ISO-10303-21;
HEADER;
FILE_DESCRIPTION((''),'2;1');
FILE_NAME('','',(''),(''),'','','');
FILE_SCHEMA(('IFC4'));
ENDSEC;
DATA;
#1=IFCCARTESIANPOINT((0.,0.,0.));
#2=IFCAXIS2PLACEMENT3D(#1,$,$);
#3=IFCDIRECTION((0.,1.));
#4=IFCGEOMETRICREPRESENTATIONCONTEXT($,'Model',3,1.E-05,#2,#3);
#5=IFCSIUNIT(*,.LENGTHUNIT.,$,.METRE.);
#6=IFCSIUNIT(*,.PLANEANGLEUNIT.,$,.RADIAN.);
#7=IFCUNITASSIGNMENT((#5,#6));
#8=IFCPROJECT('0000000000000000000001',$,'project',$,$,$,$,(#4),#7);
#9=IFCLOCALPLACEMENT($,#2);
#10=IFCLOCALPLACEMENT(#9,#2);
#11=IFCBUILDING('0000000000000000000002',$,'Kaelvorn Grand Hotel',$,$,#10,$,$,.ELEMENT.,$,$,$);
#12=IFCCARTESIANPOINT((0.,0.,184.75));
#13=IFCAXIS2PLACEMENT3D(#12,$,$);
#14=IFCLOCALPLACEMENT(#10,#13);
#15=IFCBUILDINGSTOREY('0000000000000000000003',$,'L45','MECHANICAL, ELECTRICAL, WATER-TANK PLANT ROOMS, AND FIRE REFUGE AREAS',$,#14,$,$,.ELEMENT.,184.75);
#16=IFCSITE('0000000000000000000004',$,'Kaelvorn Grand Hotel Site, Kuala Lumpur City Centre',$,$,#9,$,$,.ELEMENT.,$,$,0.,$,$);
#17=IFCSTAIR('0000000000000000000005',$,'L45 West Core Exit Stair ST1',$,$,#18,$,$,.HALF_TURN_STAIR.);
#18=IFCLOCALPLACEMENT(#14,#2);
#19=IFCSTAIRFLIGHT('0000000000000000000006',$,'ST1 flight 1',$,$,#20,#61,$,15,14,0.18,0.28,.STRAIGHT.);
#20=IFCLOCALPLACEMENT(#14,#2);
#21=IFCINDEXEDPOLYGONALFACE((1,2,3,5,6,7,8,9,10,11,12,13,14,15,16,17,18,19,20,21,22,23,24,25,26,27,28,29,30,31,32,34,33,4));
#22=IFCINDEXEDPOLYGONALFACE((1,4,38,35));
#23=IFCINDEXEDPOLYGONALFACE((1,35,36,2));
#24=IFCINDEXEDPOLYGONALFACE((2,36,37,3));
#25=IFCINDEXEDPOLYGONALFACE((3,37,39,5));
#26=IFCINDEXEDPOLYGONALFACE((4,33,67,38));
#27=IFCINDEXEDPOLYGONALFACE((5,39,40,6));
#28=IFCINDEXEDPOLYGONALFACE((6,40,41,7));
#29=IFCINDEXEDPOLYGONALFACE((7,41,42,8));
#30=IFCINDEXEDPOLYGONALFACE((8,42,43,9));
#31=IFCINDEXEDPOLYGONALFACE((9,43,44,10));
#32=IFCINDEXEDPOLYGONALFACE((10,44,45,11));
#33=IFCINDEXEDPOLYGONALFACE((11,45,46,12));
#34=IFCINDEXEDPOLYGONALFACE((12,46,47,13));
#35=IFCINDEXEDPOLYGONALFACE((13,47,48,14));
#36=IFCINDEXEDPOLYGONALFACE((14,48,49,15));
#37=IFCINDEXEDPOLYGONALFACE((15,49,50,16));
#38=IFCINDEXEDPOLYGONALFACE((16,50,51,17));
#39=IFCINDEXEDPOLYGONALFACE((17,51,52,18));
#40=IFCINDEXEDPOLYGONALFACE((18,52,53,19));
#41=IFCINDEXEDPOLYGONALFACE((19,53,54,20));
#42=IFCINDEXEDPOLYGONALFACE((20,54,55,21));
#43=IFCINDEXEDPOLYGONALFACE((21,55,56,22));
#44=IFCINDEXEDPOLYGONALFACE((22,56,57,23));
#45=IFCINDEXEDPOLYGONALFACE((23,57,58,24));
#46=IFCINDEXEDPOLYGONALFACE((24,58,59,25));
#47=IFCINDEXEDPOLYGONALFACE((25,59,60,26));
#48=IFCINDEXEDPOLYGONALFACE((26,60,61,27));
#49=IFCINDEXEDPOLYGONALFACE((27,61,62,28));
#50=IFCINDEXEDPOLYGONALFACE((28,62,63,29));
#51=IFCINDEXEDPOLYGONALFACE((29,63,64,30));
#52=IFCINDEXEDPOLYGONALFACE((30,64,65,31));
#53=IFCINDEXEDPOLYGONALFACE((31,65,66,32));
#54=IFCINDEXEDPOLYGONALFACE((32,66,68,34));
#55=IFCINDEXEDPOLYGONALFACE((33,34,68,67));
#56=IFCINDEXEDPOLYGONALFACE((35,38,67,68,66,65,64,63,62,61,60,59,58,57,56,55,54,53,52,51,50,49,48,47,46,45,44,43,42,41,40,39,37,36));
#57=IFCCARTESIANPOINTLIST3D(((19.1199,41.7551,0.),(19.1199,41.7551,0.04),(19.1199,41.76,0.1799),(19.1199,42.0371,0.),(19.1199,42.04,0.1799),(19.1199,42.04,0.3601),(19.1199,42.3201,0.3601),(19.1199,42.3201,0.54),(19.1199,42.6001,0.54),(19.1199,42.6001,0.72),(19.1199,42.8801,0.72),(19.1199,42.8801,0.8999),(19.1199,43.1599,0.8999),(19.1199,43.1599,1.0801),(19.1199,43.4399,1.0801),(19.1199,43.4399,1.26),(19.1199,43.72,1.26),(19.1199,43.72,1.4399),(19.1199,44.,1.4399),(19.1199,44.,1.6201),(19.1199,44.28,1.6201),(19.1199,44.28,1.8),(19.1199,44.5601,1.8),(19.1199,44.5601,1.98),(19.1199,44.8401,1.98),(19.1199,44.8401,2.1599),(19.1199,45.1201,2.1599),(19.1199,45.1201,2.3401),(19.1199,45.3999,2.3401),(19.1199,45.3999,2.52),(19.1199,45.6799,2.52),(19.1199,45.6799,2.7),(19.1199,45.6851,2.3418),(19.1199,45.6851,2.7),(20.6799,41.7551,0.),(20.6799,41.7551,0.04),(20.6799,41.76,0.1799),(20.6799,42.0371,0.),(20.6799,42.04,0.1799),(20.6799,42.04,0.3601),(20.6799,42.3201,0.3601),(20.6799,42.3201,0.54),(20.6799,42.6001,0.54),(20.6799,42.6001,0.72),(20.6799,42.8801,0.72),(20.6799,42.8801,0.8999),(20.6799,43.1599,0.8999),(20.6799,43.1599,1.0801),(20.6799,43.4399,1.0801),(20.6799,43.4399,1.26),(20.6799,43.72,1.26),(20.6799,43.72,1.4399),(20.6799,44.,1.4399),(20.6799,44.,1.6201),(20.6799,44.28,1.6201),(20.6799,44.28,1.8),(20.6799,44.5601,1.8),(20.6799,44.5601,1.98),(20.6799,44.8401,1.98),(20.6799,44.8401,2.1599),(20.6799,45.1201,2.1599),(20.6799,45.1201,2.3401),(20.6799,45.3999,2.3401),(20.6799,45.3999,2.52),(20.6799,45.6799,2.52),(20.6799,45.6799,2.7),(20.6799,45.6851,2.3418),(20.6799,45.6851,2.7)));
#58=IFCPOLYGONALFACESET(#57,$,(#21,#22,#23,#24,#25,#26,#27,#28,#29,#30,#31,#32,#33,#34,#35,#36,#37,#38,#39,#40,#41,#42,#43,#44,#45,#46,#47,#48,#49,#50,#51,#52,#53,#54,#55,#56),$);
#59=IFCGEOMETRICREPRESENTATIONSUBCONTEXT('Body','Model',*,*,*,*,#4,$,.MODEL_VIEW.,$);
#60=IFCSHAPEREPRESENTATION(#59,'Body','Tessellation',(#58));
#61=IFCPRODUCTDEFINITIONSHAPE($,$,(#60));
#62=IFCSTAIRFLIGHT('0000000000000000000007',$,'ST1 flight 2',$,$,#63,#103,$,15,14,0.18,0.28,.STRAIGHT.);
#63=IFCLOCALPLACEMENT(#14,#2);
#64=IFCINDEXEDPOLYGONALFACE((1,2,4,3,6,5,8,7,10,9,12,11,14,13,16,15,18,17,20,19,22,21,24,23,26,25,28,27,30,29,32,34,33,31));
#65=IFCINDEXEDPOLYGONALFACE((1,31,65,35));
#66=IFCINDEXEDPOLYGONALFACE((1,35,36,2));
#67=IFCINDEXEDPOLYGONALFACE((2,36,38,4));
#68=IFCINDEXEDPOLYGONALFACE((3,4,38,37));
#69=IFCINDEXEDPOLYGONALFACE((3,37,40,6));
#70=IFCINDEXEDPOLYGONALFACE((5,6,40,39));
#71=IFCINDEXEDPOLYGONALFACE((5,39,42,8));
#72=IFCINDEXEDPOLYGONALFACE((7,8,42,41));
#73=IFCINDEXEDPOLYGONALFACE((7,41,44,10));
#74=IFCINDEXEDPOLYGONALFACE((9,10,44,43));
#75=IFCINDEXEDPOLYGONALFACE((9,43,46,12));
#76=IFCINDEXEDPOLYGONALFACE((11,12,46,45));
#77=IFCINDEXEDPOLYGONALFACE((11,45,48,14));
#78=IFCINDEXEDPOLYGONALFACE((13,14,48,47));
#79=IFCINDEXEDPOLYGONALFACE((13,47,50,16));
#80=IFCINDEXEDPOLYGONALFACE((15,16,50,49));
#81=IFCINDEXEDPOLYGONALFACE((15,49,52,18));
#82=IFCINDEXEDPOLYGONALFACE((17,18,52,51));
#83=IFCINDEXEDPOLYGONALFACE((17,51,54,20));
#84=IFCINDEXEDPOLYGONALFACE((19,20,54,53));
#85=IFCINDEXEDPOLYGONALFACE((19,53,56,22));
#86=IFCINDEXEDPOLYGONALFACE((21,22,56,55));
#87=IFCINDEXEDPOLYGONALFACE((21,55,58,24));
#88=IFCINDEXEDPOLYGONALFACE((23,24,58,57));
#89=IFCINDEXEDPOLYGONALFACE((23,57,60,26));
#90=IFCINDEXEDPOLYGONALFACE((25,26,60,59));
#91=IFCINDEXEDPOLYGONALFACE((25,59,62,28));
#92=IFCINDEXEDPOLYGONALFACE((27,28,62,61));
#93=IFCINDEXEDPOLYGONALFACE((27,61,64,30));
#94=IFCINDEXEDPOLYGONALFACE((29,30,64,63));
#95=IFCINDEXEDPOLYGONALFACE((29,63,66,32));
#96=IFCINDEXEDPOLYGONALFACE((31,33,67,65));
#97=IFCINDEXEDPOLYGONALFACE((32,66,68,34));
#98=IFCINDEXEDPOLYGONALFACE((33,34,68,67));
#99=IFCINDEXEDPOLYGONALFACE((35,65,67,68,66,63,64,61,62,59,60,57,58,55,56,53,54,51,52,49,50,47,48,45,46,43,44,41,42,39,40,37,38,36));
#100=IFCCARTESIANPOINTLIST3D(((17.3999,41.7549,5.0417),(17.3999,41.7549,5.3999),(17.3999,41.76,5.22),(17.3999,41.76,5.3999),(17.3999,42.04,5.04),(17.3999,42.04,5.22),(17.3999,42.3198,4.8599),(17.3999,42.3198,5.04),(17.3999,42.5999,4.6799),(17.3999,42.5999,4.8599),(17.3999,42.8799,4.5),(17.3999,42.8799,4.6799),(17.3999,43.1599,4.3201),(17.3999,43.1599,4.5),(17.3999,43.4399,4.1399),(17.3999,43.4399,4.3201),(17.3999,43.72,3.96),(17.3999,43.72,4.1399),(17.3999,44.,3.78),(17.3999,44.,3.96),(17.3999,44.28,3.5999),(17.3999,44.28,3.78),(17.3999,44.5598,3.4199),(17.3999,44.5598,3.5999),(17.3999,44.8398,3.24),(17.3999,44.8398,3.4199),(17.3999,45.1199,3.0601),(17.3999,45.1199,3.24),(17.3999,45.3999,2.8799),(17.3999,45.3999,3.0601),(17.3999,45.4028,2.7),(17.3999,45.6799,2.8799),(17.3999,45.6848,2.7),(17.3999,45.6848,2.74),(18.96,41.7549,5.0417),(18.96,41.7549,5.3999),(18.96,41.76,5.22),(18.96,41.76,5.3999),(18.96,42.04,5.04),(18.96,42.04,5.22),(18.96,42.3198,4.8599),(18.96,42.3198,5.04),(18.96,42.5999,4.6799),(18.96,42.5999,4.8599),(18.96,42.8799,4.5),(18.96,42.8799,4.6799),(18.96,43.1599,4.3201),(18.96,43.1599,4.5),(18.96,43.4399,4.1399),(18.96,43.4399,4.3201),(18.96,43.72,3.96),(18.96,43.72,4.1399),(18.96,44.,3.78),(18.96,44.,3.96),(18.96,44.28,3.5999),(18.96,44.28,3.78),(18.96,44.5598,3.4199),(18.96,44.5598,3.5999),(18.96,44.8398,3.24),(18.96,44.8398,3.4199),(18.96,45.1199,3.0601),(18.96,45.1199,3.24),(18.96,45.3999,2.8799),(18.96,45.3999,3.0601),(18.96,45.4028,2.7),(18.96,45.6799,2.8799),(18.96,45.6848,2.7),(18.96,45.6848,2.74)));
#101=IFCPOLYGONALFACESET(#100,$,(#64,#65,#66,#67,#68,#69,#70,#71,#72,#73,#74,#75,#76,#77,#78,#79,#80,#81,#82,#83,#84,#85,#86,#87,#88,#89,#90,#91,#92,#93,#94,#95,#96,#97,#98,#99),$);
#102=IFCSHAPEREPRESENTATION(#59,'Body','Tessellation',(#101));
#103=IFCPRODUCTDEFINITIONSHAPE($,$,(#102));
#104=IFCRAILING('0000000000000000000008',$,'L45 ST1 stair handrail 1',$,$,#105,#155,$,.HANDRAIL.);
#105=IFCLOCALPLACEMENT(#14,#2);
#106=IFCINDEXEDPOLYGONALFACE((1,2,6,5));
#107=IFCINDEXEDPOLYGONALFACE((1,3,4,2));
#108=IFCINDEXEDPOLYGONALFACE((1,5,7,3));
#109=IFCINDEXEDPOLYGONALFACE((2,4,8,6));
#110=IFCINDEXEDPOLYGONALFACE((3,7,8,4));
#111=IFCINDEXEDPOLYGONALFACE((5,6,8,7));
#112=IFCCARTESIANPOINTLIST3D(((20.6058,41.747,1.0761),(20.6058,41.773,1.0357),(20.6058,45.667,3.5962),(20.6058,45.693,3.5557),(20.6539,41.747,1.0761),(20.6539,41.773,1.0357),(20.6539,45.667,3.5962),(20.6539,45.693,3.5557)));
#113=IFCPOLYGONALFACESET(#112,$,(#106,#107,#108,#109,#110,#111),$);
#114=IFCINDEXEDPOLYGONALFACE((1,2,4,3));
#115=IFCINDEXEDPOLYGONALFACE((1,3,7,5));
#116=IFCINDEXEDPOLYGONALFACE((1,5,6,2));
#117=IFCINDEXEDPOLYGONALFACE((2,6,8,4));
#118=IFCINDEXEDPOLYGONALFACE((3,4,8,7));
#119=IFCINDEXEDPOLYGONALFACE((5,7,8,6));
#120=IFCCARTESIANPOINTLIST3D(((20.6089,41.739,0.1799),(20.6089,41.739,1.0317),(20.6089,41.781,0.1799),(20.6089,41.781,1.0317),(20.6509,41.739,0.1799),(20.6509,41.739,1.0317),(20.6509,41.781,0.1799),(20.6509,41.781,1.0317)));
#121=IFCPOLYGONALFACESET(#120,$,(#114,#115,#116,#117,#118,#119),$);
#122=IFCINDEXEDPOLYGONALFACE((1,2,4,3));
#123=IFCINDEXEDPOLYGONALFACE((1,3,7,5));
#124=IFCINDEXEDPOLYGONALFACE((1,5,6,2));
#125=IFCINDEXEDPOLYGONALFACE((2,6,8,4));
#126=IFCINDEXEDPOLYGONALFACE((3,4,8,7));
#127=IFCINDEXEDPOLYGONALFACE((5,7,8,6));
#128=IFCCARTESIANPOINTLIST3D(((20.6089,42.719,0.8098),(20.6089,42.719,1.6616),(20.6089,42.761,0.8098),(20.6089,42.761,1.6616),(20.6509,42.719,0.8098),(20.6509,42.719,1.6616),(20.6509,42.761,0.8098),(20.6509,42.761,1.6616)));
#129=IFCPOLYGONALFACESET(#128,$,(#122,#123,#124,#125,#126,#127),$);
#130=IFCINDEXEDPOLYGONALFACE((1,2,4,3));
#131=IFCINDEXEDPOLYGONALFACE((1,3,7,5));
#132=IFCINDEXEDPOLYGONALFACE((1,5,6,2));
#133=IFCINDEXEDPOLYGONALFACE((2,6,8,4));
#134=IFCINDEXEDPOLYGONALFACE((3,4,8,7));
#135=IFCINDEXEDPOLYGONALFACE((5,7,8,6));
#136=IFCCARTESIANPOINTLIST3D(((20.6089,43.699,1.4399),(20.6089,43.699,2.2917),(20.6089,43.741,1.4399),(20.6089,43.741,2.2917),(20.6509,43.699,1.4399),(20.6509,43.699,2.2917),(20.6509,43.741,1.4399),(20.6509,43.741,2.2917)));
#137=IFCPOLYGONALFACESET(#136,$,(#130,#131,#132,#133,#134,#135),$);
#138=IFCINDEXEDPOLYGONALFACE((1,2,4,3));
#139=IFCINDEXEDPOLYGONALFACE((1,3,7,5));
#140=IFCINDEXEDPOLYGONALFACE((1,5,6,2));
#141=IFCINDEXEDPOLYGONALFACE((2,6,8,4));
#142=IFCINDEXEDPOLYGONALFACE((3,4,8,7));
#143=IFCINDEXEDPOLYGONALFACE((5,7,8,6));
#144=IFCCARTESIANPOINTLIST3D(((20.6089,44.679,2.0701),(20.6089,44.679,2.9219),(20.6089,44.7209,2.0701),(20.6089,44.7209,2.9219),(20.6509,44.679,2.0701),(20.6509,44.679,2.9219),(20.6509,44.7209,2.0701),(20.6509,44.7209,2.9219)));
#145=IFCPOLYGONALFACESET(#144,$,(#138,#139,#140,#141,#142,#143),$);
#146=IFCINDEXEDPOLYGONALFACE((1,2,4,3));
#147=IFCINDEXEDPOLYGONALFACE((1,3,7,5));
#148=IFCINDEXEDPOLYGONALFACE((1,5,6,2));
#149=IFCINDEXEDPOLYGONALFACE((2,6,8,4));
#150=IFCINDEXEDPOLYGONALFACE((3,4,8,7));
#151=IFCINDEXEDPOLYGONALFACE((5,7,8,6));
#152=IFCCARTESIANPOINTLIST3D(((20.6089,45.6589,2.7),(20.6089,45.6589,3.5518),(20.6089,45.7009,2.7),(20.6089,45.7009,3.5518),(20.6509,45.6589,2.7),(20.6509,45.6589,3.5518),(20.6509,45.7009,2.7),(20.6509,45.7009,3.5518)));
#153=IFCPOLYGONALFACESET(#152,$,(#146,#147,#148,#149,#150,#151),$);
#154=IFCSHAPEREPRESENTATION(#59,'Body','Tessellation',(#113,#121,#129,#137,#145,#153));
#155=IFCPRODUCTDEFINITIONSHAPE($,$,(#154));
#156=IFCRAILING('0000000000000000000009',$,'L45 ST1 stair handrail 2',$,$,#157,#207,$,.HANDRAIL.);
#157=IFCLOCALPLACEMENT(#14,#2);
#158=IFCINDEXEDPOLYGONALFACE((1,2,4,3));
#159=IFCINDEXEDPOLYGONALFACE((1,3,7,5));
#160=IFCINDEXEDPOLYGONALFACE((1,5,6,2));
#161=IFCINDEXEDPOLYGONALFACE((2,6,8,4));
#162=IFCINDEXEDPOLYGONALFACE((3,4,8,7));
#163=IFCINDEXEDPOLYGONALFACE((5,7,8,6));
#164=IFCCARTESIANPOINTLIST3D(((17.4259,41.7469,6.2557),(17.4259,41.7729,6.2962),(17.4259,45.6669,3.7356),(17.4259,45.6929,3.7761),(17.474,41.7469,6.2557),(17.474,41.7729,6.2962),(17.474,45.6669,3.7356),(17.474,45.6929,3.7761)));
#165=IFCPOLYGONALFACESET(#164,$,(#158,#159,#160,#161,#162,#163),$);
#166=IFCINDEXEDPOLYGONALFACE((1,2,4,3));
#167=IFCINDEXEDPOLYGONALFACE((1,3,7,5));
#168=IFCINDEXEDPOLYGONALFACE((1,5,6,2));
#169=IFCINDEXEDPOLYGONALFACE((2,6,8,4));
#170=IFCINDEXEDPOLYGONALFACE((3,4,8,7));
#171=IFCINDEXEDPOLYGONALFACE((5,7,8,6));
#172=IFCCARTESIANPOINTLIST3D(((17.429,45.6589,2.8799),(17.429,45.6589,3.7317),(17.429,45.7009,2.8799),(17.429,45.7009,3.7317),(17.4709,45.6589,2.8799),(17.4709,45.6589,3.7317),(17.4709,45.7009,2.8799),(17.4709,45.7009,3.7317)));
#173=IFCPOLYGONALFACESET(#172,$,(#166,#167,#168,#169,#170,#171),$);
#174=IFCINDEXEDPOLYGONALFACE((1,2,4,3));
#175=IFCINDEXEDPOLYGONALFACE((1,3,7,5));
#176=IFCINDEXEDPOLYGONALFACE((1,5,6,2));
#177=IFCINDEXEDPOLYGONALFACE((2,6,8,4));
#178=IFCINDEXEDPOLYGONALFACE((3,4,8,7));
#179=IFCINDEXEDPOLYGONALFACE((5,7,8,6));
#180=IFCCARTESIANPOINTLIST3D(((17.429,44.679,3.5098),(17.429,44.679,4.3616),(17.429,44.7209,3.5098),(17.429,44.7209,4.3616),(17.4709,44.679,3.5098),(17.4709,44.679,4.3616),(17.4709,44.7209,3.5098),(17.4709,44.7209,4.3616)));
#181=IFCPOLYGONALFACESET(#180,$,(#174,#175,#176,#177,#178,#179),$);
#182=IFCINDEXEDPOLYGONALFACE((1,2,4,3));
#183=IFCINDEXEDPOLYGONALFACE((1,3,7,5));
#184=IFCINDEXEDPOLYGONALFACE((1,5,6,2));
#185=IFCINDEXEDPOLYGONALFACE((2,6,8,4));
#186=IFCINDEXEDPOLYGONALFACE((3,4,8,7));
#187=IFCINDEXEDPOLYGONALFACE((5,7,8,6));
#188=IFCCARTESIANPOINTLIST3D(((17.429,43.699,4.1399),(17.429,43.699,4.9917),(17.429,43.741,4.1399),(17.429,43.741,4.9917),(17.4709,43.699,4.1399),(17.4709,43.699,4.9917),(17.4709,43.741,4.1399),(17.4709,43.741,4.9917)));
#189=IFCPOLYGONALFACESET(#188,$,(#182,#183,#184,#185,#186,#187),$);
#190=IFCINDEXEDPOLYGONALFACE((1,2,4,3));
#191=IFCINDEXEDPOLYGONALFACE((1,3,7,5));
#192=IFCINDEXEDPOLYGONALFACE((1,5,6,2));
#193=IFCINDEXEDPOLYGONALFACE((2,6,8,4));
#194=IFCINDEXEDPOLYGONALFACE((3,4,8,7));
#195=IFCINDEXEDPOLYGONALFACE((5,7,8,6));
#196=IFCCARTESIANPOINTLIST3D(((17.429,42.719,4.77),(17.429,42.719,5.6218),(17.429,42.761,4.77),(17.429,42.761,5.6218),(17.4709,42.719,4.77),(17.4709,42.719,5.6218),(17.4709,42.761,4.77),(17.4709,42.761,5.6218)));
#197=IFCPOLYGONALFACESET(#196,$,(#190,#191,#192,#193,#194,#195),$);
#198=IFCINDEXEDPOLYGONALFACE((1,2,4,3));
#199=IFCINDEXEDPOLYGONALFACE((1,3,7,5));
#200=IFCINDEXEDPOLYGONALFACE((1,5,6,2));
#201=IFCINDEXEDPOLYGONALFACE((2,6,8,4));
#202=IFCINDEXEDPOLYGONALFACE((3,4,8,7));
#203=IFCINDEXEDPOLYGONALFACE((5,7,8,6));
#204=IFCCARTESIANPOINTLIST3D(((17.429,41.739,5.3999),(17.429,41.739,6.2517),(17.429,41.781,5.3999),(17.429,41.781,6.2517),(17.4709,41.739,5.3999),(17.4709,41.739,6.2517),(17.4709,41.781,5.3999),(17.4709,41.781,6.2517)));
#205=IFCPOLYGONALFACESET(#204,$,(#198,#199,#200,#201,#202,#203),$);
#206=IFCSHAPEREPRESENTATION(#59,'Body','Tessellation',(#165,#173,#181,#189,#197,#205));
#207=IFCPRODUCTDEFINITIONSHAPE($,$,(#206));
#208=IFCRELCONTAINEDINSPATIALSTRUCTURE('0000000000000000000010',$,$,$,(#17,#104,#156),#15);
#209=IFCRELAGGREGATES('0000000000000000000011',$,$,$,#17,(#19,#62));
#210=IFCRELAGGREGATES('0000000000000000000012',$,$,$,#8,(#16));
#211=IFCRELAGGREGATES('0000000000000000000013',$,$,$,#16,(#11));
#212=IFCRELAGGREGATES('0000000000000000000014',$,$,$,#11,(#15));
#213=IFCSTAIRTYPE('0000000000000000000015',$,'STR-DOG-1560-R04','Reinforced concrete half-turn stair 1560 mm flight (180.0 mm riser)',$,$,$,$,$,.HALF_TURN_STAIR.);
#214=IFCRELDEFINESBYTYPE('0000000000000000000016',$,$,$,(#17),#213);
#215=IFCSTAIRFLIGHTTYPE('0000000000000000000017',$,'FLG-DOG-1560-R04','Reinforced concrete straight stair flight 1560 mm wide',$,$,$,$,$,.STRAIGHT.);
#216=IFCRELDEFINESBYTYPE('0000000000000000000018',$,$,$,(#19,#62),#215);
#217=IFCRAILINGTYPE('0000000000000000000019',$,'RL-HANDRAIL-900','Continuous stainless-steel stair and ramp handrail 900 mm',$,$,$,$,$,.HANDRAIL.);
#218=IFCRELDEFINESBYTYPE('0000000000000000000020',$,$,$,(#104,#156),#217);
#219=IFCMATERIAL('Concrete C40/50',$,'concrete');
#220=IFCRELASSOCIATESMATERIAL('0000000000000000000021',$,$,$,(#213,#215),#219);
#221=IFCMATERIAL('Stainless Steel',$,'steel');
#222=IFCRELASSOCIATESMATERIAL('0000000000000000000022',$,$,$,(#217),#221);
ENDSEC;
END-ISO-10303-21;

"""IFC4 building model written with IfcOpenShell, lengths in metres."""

from ifc_helpers import new_model, si_unit, direction, frame, origin, origin_2d, place, context, subcontext, project, spatial, polyline, rectangle, outline, extrude, material, type_object, element, aggregate, save


model = new_model("IFC4")

# Units and contexts
model_context = context("Model", 3, precision=1e-05, world=origin(), true_north=direction((0.0, 1.0)))
body_context = subcontext(model_context, "Body", "Model", "MODEL_VIEW")
ifc_project = project(units=[si_unit("LENGTHUNIT", "METRE"), si_unit("PLANEANGLEUNIT", "RADIAN")], contexts=[model_context])

# Site, building, storey
site_placement = place(None, origin())
site = spatial("IfcSite", under=ifc_project, at=site_placement, Name="Kaelvorn Grand Hotel Site, Kuala Lumpur City Centre", CompositionType="ELEMENT", RefElevation=0.0)
building_placement = place(site_placement, origin())
building = spatial("IfcBuilding", under=site, at=building_placement, Name="Kaelvorn Grand Hotel", CompositionType="ELEMENT")
storey_placement = place(building_placement, frame((0.0, 0.0, 184.75)))
storey = spatial("IfcBuildingStorey", under=building, at=storey_placement, Name="L45", Description="MECHANICAL, ELECTRICAL, WATER-TANK PLANT ROOMS, AND FIRE REFUGE AREAS", CompositionType="ELEMENT", Elevation=184.75)

# Shared definitions
ifc_material_1 = material(Name="Concrete C40/50", Category="concrete")

# Stair, stair flights
stair_type = type_object("IfcStairType", Name="STR-DOG-1560-R04", Description="Reinforced concrete half-turn stair 1560 mm flight (180.0 mm riser)", PredefinedType="HALF_TURN_STAIR", material=ifc_material_1)
stair_placement = place(storey_placement, origin())
stair = element("IfcStair", 1, at=stair_placement, inside=storey, type_object=stair_type, Name="L45 West Core Exit Stair ST1", PredefinedType="HALF_TURN_STAIR")
stair_flight_type = type_object("IfcStairFlightType", Name="FLG-DOG-1560-R04", Description="Reinforced concrete straight stair flight 1560 mm wide", PredefinedType="STRAIGHT", material=ifc_material_1)
stair_flight_1_placement = place(storey_placement, frame((19.8999, 41.76, 0.0), z_axis=(0.0, 0.0, 1.0), x_axis=(0.0, 1.0, 0.0)))
stair_flight_1 = element("IfcStairFlight", 2, at=stair_flight_1_placement, type_object=stair_flight_type, Name="ST1 flight 1", NumberOfRisers=15, NumberOfTreads=14, PredefinedType="STRAIGHT", RiserHeight=0.18, TreadLength=0.28, context=body_context, shape_type="SweptSolid", body=[
    extrude(outline(polyline([(-0.0049, 0.0), (-0.0049, 0.04), (0.0, 0.1799), (0.28, 0.1799), (0.28, 0.3601), (0.5601, 0.3601), (0.5601, 0.54), (0.8401, 0.54), (0.8401, 0.72), (1.1201, 0.72), (1.1201, 0.8999), (1.3999, 0.8999), (1.3999, 1.0801), (1.6799, 1.0801), (1.6799, 1.26), (1.96, 1.26), (1.96, 1.4399), (2.24, 1.4399), (2.24, 1.6201), (2.52, 1.6201), (2.52, 1.8), (2.8, 1.8), (2.8, 1.98), (3.0801, 1.98), (3.0801, 2.1599), (3.3601, 2.1599), (3.3601, 2.3401), (3.6399, 2.3401), (3.6399, 2.52), (3.9199, 2.52), (3.9199, 2.7), (3.925, 2.7), (3.925, 2.3418), (0.2771, 0.0), (-0.0049, 0.0)])), frame((0.0, 0.78, 0.0), z_axis=(0.0, -1.0, 0.0), x_axis=(1.0, 0.0, 0.0)), (0.0, 0.0, 1.0), 1.5601),
])
stair_flight_2_placement = place(storey_placement, frame((18.1799, 45.6799, 2.7), z_axis=(0.0, 0.0, 1.0), x_axis=(0.0, -1.0, 0.0)))
stair_flight_2 = element("IfcStairFlight", 3, at=stair_flight_2_placement, type_object=stair_flight_type, Name="ST1 flight 2", NumberOfRisers=15, NumberOfTreads=14, PredefinedType="STRAIGHT", RiserHeight=0.18, TreadLength=0.28, context=body_context, shape_type="SweptSolid", body=[
    extrude(outline(polyline([(-0.0049, 0.0), (-0.0049, 0.04), (0.0, 0.1799), (0.28, 0.1799), (0.28, 0.3601), (0.5601, 0.3601), (0.5601, 0.54), (0.8401, 0.54), (0.8401, 0.72), (1.1201, 0.72), (1.1201, 0.8999), (1.3999, 0.8999), (1.3999, 1.0801), (1.6799, 1.0801), (1.6799, 1.26), (1.96, 1.26), (1.96, 1.4399), (2.24, 1.4399), (2.24, 1.6201), (2.52, 1.6201), (2.52, 1.8), (2.8, 1.8), (2.8, 1.98), (3.0801, 1.98), (3.0801, 2.1599), (3.3601, 2.1599), (3.3601, 2.3401), (3.6399, 2.3401), (3.6399, 2.52), (3.9199, 2.52), (3.9199, 2.7), (3.925, 2.7), (3.925, 2.3418), (0.2771, 0.0), (-0.0049, 0.0)])), frame((0.0, 0.78, 0.0), z_axis=(0.0, -1.0, 0.0), x_axis=(1.0, 0.0, 0.0)), (0.0, 0.0, 1.0), 1.5601),
])
aggregate(stair, [stair_flight_1, stair_flight_2])

# Railings
ifc_material_2 = material(Name="Stainless Steel", Category="steel")
railing_type_1 = type_object("IfcRailingType", Name="RL-HANDRAIL-900", Description="Continuous stainless-steel stair and ramp handrail 900 mm", PredefinedType="HANDRAIL", material=ifc_material_2)
railing_1_placement = place(storey_placement, frame((20.6299, 41.76, 0.1799)))
element("IfcRailing", 4, at=railing_1_placement, inside=storey, type_object=railing_type_1, Name="L45 ST1 stair handrail 1", PredefinedType="HANDRAIL", context=body_context, shape_type="SweptSolid", body=[
    extrude(rectangle(XDim=0.0481, YDim=0.0481, at=origin_2d()), frame((0.0, 0.0, 0.876), z_axis=(0.0, 0.841172, 0.540768), x_axis=(-1.0, 0.0, 0.0)), (0.0, 0.0, 1.0), 4.6602),
    extrude(rectangle(XDim=0.042, YDim=0.042, at=origin_2d()), origin(), (0.0, 0.0, 1.0), 0.8518),
    extrude(rectangle(XDim=0.042, YDim=0.042, at=origin_2d()), frame((0.0, 0.98, 0.6299)), (0.0, 0.0, 1.0), 0.8518),
    extrude(rectangle(XDim=0.042, YDim=0.042, at=origin_2d()), frame((0.0, 1.96, 1.26)), (0.0, 0.0, 1.0), 0.8518),
    extrude(rectangle(XDim=0.042, YDim=0.042, at=origin_2d()), frame((0.0, 2.9399, 1.8901)), (0.0, 0.0, 1.0), 0.8518),
    extrude(rectangle(XDim=0.042, YDim=0.042, at=origin_2d()), frame((0.0, 3.9199, 2.52)), (0.0, 0.0, 1.0), 0.8518),
])
railing_2_placement = place(storey_placement, frame((17.45, 45.6799, 2.8799)))
element("IfcRailing", 5, at=railing_2_placement, inside=storey, type_object=railing_type_1, Name="L45 ST1 stair handrail 2", PredefinedType="HANDRAIL", context=body_context, shape_type="SweptSolid", body=[
    extrude(rectangle(XDim=0.0481, YDim=0.0481, at=origin_2d()), frame((0.0, 0.0, 0.876), z_axis=(0.0, -0.841172, 0.540768), x_axis=(1.0, 0.0, 0.0)), (0.0, 0.0, 1.0), 4.6602),
    extrude(rectangle(XDim=0.042, YDim=0.042, at=origin_2d()), origin(), (0.0, 0.0, 1.0), 0.8518),
    extrude(rectangle(XDim=0.042, YDim=0.042, at=origin_2d()), frame((0.0, -0.98, 0.6299)), (0.0, 0.0, 1.0), 0.8518),
    extrude(rectangle(XDim=0.042, YDim=0.042, at=origin_2d()), frame((0.0, -1.96, 1.26)), (0.0, 0.0, 1.0), 0.8518),
    extrude(rectangle(XDim=0.042, YDim=0.042, at=origin_2d()), frame((0.0, -2.9399, 1.8901)), (0.0, 0.0, 1.0), 0.8518),
    extrude(rectangle(XDim=0.042, YDim=0.042, at=origin_2d()), frame((0.0, -3.9199, 2.52)), (0.0, 0.0, 1.0), 0.8518),
])

save(model, "model.ifc")
